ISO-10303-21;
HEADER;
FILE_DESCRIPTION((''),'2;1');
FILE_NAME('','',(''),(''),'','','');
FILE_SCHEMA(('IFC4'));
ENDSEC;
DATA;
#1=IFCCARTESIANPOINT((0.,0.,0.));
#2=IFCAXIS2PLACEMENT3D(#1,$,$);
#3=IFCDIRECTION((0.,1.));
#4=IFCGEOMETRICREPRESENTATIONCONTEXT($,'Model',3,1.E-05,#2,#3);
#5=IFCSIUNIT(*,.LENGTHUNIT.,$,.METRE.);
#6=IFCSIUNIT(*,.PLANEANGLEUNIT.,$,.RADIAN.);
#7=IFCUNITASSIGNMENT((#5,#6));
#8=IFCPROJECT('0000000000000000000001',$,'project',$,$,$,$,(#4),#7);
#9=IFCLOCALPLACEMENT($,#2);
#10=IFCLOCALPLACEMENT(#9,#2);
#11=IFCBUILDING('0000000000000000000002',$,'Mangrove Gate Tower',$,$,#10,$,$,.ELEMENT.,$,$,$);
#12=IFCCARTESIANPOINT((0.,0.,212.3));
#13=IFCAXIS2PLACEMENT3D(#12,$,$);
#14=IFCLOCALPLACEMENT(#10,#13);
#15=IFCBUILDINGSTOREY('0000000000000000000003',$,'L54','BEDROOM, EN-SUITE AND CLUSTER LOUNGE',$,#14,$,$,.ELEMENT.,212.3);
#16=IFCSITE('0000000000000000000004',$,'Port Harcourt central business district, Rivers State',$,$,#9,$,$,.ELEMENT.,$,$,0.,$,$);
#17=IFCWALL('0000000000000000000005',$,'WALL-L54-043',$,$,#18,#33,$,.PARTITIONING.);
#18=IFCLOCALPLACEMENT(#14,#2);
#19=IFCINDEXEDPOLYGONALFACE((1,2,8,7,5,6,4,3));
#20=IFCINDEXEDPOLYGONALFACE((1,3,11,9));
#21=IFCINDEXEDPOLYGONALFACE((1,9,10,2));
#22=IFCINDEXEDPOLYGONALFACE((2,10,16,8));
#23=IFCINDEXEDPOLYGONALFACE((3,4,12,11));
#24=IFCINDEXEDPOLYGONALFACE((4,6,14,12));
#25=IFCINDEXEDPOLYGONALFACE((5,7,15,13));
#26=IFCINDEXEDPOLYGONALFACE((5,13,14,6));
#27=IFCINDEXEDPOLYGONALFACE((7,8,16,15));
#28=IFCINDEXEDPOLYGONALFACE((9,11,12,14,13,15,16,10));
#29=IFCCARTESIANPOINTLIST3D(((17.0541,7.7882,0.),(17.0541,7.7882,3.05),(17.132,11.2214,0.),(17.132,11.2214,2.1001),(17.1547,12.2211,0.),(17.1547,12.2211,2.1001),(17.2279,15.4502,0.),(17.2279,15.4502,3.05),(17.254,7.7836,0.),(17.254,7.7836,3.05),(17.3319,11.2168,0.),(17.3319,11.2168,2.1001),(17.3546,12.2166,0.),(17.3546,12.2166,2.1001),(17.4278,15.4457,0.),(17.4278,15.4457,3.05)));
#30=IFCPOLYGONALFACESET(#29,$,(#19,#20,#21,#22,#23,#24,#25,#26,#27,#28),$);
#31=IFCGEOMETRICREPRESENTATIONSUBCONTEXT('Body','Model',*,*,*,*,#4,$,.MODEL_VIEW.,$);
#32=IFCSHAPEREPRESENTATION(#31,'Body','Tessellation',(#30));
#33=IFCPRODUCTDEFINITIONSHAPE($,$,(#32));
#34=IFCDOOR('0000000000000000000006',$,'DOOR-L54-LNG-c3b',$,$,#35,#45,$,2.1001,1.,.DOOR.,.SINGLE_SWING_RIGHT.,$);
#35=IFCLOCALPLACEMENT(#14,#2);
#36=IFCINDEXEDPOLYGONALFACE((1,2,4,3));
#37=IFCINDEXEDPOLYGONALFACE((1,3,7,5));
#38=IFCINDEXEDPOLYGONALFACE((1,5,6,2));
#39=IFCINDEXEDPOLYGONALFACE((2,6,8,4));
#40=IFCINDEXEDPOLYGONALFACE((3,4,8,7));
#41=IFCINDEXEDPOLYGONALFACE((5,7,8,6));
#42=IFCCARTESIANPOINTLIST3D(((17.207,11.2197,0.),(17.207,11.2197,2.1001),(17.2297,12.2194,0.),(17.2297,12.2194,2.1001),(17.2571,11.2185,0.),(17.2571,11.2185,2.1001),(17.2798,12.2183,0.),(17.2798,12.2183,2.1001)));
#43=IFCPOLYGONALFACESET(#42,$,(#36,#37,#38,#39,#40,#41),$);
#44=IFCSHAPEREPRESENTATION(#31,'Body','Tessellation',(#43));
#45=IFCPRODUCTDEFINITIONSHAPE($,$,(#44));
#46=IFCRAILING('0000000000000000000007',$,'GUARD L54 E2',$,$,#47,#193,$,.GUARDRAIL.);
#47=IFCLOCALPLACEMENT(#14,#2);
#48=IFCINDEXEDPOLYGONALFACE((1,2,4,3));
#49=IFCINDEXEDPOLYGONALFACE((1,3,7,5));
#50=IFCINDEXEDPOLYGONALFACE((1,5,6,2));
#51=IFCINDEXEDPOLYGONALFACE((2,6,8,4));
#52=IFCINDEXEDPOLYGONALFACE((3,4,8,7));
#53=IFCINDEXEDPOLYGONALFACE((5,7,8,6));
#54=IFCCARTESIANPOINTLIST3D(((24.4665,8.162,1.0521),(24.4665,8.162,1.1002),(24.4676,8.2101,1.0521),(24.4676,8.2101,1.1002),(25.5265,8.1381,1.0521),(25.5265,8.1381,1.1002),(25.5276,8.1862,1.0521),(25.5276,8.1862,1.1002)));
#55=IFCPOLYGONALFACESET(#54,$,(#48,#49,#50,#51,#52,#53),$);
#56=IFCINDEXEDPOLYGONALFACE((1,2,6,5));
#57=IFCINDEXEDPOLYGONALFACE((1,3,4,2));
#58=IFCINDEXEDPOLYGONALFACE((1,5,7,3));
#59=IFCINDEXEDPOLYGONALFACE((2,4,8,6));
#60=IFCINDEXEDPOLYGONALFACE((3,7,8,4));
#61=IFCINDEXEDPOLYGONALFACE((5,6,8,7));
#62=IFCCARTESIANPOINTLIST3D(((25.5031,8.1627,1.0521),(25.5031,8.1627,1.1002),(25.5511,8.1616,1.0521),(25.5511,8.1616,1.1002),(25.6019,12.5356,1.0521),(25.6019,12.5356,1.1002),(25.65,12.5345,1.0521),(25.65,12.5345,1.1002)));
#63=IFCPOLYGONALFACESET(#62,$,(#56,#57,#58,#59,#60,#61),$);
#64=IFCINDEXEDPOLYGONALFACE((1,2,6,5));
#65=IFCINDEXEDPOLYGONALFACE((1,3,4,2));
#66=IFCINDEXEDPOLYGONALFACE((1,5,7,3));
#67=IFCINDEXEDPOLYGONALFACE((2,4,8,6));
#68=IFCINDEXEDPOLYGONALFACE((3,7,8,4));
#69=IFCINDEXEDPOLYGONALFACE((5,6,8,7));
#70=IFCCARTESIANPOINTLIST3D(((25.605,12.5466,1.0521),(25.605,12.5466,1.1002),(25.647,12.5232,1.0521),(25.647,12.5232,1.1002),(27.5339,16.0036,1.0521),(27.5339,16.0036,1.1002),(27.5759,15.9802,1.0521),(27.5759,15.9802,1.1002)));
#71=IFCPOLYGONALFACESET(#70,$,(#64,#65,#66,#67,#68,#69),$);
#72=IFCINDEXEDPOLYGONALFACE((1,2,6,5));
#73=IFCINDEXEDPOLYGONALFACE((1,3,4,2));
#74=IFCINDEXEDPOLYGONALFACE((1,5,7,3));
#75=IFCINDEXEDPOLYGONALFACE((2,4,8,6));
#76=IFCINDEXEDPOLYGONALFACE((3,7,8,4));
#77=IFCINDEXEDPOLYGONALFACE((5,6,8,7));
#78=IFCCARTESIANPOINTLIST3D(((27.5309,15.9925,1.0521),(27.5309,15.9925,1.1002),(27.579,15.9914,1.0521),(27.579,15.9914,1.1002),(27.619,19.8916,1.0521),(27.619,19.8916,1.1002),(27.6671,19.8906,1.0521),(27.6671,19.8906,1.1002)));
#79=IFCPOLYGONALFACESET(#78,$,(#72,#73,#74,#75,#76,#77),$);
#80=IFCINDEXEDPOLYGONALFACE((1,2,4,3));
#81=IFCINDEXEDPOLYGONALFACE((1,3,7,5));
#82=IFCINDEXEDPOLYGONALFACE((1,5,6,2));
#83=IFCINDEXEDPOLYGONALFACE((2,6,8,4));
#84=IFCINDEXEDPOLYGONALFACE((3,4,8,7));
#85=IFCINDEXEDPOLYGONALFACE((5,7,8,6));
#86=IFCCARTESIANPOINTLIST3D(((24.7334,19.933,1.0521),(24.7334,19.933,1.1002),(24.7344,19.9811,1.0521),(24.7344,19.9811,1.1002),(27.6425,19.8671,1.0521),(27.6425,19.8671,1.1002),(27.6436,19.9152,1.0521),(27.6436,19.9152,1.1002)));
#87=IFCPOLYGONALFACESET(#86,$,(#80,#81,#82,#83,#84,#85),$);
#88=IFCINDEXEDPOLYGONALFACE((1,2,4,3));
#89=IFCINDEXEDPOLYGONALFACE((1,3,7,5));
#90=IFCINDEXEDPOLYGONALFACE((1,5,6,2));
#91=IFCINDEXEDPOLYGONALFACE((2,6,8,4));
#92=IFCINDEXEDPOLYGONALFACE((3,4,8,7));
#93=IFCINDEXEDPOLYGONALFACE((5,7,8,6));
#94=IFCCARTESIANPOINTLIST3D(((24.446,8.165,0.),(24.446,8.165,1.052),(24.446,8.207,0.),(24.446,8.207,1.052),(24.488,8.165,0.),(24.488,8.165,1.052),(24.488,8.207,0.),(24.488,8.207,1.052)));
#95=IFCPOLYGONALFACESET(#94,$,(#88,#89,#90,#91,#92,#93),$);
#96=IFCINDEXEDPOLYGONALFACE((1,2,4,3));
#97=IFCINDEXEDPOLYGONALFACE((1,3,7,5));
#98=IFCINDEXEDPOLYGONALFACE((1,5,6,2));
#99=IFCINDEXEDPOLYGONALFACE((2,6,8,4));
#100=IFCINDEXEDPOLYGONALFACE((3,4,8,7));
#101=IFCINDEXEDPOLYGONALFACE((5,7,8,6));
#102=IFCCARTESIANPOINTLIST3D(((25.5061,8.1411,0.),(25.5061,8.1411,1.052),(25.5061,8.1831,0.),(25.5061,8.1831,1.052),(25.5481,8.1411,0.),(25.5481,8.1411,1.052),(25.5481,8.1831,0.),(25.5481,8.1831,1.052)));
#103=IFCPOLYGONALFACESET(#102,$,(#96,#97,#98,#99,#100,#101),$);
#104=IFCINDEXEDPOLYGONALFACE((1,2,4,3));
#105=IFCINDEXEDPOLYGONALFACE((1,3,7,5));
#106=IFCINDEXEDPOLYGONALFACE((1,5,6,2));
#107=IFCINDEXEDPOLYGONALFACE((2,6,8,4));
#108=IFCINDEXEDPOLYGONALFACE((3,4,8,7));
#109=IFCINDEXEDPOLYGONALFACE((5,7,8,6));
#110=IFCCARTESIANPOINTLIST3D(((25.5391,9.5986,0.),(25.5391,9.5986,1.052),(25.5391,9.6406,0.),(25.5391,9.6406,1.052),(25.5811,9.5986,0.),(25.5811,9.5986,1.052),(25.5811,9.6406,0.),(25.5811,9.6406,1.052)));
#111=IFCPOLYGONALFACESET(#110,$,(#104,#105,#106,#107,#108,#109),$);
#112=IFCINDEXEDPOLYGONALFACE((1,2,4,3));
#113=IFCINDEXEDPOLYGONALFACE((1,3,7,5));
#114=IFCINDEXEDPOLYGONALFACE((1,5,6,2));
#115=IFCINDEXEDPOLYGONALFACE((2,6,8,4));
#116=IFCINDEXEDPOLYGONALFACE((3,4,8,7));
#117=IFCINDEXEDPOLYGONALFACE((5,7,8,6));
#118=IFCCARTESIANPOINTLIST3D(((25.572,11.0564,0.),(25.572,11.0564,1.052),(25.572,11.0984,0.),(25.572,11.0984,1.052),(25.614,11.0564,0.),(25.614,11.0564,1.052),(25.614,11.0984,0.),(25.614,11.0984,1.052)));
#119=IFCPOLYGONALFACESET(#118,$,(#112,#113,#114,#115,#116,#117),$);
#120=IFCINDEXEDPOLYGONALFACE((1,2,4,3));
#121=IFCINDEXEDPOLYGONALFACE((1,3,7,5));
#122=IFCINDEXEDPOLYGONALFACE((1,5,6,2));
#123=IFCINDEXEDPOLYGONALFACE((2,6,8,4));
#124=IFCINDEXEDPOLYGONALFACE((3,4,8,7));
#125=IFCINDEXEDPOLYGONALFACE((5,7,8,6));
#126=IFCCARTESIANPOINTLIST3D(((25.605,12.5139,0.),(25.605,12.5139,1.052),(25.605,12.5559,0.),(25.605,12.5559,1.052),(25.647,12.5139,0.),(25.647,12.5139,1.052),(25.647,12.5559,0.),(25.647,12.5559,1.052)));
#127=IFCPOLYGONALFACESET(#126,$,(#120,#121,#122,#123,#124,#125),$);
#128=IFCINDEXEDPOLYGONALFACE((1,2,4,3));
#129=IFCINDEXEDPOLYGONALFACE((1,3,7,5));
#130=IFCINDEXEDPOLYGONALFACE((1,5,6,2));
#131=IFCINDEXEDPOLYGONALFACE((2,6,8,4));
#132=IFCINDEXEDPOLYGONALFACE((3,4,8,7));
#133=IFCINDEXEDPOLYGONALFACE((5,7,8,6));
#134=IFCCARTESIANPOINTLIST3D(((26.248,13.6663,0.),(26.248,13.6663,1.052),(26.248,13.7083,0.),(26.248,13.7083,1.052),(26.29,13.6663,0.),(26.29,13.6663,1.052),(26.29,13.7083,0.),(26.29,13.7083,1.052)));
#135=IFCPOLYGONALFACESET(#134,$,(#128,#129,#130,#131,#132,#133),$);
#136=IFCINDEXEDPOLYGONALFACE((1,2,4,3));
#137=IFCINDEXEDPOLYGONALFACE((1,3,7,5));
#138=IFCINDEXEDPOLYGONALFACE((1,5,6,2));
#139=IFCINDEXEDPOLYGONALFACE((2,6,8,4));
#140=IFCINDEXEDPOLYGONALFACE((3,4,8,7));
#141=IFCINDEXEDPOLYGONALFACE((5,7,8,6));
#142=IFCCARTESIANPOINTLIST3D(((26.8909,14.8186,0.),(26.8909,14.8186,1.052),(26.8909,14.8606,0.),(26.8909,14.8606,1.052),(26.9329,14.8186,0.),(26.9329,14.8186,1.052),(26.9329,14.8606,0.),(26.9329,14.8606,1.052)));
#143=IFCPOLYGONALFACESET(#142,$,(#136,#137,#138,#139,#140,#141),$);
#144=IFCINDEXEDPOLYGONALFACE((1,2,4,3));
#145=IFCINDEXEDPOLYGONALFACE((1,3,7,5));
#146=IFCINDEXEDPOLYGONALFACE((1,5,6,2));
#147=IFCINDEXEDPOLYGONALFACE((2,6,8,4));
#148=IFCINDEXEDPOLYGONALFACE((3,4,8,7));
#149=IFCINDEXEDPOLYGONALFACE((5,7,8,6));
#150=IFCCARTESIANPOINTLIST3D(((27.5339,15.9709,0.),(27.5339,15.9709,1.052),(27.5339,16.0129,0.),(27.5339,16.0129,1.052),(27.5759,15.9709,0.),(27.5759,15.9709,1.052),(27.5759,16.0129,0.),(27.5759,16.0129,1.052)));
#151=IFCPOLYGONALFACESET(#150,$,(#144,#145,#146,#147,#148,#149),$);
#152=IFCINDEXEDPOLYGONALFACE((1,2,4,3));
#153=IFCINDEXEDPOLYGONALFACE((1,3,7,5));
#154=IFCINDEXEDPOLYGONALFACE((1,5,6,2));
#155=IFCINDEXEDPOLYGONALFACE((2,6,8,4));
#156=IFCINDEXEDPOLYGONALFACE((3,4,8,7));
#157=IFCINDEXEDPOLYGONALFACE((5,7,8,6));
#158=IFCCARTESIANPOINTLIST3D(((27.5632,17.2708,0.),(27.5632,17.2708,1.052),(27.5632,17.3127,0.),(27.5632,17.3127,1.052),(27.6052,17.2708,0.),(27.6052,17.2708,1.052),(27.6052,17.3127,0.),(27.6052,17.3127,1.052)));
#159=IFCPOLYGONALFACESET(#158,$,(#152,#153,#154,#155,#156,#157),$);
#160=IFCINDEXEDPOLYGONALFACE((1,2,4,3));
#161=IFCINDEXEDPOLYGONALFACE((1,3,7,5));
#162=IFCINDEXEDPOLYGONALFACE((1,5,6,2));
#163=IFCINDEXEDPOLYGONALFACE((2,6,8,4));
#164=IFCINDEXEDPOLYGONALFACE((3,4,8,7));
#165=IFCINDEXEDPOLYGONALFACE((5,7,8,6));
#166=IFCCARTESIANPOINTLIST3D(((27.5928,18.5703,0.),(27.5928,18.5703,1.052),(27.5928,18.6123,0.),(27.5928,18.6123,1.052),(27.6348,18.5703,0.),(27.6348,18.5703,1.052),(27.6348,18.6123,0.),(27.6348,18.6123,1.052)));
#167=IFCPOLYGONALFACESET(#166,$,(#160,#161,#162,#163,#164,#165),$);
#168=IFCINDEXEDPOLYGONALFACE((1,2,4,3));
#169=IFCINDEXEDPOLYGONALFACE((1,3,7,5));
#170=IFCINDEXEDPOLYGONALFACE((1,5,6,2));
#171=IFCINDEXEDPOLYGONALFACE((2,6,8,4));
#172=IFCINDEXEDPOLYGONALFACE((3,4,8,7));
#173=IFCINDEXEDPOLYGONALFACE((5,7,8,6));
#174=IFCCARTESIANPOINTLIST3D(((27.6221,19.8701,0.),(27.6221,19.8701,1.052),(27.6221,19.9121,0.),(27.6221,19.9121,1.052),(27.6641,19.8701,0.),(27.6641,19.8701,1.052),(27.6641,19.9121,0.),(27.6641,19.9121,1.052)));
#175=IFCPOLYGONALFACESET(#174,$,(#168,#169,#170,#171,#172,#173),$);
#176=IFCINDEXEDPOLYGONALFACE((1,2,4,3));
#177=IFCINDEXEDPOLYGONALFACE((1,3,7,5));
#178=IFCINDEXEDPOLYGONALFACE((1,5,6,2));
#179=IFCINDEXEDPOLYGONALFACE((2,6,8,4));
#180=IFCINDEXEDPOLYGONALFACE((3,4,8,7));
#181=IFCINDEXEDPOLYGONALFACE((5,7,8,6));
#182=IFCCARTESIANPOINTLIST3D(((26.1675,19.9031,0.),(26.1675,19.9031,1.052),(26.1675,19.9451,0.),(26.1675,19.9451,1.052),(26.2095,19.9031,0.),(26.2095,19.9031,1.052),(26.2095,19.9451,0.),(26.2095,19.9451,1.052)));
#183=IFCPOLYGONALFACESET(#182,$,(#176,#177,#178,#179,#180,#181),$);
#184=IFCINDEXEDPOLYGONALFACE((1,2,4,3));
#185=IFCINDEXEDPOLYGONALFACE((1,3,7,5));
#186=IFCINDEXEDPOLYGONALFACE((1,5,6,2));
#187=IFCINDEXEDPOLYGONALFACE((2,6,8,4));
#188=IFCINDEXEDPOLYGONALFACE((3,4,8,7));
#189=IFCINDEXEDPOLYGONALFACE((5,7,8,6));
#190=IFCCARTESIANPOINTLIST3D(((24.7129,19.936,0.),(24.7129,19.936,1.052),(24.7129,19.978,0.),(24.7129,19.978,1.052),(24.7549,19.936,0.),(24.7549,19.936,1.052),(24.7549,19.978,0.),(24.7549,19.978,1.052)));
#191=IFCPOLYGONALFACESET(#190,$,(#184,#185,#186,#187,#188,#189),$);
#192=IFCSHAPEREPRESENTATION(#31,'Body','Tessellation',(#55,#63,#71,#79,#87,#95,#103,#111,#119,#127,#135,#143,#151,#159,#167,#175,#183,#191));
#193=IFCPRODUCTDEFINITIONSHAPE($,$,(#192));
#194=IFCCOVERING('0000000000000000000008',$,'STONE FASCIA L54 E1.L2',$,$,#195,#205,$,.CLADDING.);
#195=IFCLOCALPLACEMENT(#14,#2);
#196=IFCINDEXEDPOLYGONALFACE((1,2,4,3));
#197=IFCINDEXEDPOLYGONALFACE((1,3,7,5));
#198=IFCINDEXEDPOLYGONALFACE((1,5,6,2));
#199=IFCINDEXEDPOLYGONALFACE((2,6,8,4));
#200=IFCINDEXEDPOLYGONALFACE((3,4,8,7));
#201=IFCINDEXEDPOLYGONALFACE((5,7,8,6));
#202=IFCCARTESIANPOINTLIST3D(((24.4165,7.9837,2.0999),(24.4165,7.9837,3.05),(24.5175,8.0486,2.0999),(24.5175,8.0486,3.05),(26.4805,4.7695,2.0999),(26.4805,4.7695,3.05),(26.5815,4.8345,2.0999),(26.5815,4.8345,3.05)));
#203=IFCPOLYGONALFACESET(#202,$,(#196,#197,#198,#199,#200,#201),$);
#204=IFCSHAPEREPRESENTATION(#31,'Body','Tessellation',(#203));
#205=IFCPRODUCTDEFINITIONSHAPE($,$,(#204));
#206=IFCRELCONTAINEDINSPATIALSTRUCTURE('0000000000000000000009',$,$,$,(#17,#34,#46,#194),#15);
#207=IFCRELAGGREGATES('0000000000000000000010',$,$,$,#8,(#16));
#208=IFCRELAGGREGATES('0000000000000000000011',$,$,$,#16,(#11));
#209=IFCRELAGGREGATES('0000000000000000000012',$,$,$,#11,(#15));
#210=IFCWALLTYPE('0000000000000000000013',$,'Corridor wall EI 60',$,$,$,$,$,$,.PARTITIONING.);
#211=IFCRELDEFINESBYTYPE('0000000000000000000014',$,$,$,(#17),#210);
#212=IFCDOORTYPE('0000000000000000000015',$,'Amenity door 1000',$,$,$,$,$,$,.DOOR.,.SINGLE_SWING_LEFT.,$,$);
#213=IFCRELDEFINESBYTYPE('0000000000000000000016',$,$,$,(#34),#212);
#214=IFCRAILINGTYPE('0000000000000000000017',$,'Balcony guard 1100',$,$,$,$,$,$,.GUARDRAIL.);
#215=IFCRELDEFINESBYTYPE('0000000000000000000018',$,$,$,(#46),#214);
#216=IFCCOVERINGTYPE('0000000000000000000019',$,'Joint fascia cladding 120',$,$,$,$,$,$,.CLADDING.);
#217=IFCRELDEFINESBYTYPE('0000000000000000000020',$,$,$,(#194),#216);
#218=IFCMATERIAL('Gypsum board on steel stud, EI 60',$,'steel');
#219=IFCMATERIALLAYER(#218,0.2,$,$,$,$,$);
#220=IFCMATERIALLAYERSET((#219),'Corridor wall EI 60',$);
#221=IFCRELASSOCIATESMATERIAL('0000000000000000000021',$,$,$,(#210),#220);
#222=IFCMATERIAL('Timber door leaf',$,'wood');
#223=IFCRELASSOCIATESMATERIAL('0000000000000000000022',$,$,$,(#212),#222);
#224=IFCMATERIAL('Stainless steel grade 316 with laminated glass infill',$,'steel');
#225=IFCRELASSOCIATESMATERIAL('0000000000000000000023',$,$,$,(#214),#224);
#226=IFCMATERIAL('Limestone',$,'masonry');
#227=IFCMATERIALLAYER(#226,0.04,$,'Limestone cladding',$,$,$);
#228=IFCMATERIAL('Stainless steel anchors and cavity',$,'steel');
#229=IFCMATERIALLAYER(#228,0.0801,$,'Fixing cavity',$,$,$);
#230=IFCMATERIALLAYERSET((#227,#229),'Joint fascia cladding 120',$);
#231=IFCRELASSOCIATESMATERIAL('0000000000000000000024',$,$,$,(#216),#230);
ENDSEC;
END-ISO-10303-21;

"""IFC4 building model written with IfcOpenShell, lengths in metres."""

from ifc_helpers import new_model, si_unit, direction, frame, frame_2d, origin, origin_2d, place, context, subcontext, project, spatial, rectangle, extrude, material, layer, layer_set, type_object, element, fill, save


model = new_model("IFC4")

# Units and contexts
model_context = context("Model", 3, precision=1e-05, world=origin(), true_north=direction((0.0, 1.0)))
body_context = subcontext(model_context, "Body", "Model", "MODEL_VIEW")
ifc_project = project(units=[si_unit("LENGTHUNIT", "METRE"), si_unit("PLANEANGLEUNIT", "RADIAN")], contexts=[model_context])

# Site, building, storey
site_placement = place(None, origin())
site = spatial("IfcSite", under=ifc_project, at=site_placement, Name="Port Harcourt central business district, Rivers State", CompositionType="ELEMENT", RefElevation=0.0)
building_placement = place(site_placement, origin())
building = spatial("IfcBuilding", under=site, at=building_placement, Name="Mangrove Gate Tower", CompositionType="ELEMENT")
storey_placement = place(building_placement, frame((0.0, 0.0, 212.3)))
storey = spatial("IfcBuildingStorey", under=building, at=storey_placement, Name="L54", Description="BEDROOM, EN-SUITE AND CLUSTER LOUNGE", CompositionType="ELEMENT", Elevation=212.3)

# Wall, opening, door
ifc_material_1 = material(Name="Gypsum board on steel stud, EI 60", Category="steel")
ifc_layer_1 = layer(ifc_material_1, 0.2)
ifc_layer_set_1 = layer_set([ifc_layer_1], Name="Corridor wall EI 60")
wall_type_1 = type_object("IfcWallType", Name="Corridor wall EI 60", PredefinedType="PARTITIONING", material=ifc_layer_set_1)
wall_1_placement = place(storey_placement, frame((17.1541, 7.7859, 0.0), z_axis=(0.0, 0.0, 1.0), x_axis=(0.022681, 0.999743, 0.0)))
wall_1 = element("IfcWall", 1, at=wall_1_placement, inside=storey, type_object=wall_type_1, Name="WALL-L54-043", PredefinedType="PARTITIONING", context=body_context, shape_type="SweptSolid", body=[
    extrude(rectangle(XDim=7.6641, YDim=0.2, at=frame_2d((3.832, 0.0))), origin(), (0.0, 0.0, 1.0), 3.05),
])
opening_1_placement = place(wall_1_placement, frame((3.4341, 0.0, 0.0)))
opening_1 = element("IfcOpeningElement", 2, at=opening_1_placement, cuts=wall_1, PredefinedType="OPENING", context=body_context, shape_type="SweptSolid", body=[
    extrude(rectangle(XDim=1.0, YDim=2.1001, at=frame_2d((0.5, 1.05))), frame((0.0, 0.1099, 0.0), z_axis=(0.0, -1.0, 0.0), x_axis=(1.0, 0.0, 0.0)), (0.0, 0.0, 1.0), 0.22),
])
ifc_material_2 = material(Name="Timber door leaf", Category="wood")
door_type_1 = type_object("IfcDoorType", Name="Amenity door 1000", OperationType="SINGLE_SWING_LEFT", PredefinedType="DOOR", material=ifc_material_2)
door_1_placement = place(opening_1_placement, origin())
door_1 = element("IfcDoor", 3, at=door_1_placement, inside=storey, type_object=door_type_1, Name="DOOR-L54-LNG-c3b", OperationType="SINGLE_SWING_RIGHT", OverallHeight=2.1001, OverallWidth=1.0, PredefinedType="DOOR", context=body_context, shape_type="SweptSolid", body=[
    extrude(rectangle(XDim=1.0, YDim=2.1001, at=frame_2d((0.5, 1.05))), frame((0.0, 0.0249, 0.0), z_axis=(0.0, -1.0, 0.0), x_axis=(1.0, 0.0, 0.0)), (0.0, 0.0, 1.0), 0.05),
])
fill(opening_1, door_1)

# Shared definitions
ifc_material_3 = material(Name="Limestone", Category="masonry")

# Railing
ifc_material_4 = material(Name="Stainless steel grade 316 with laminated glass infill", Category="steel")
railing_type = type_object("IfcRailingType", Name="Balcony guard 1100", PredefinedType="GUARDRAIL", material=ifc_material_4)
railing_placement = place(storey_placement, frame((24.467, 8.186, 0.0)))
element("IfcRailing", 4, at=railing_placement, inside=storey, type_object=railing_type, Name="GUARD L54 E2", PredefinedType="GUARDRAIL", context=body_context, shape_type="SweptSolid", body=[
    extrude(rectangle(XDim=0.0481, YDim=0.0481, at=origin_2d()), frame((0.0, 0.0, 1.0762), z_axis=(0.999745, -0.022564, 0.0), x_axis=(0.022564, 0.999745, 0.0)), (0.0, 0.0, 1.0), 1.0603),
    extrude(rectangle(XDim=0.0481, YDim=0.0481, at=origin_2d()), frame((1.0601, -0.0239, 1.0762), z_axis=(0.022606, 0.999744, 0.0), x_axis=(-0.999744, 0.022606, 0.0)), (0.0, 0.0, 1.0), 4.374),
    extrude(rectangle(XDim=0.0481, YDim=0.0481, at=origin_2d()), frame((1.1589, 4.3489, 1.0762), z_axis=(0.48726, 0.873257, 0.0), x_axis=(-0.873257, 0.48726, 0.0)), (0.0, 0.0, 1.0), 3.9587),
    extrude(rectangle(XDim=0.0481, YDim=0.0481, at=origin_2d()), frame((3.0879, 7.8059, 1.0762), z_axis=(0.022598, 0.999745, 0.0), x_axis=(-0.999745, 0.022598, 0.0)), (0.0, 0.0, 1.0), 3.9001),
    extrude(rectangle(XDim=0.0481, YDim=0.0481, at=origin_2d()), frame((3.176, 11.7051, 1.0762), z_axis=(-0.999743, 0.022653, 0.0), x_axis=(-0.022653, -0.999743, 0.0)), (0.0, 0.0, 1.0), 2.9099),
    extrude(rectangle(XDim=0.042, YDim=0.042, at=origin_2d()), origin(), (0.0, 0.0, 1.0), 1.052),
    extrude(rectangle(XDim=0.042, YDim=0.042, at=origin_2d()), frame((1.0601, -0.0239, 0.0)), (0.0, 0.0, 1.0), 1.052),
    extrude(rectangle(XDim=0.042, YDim=0.042, at=origin_2d()), frame((1.093, 1.4336, 0.0)), (0.0, 0.0, 1.0), 1.052),
    extrude(rectangle(XDim=0.042, YDim=0.042, at=origin_2d()), frame((1.126, 2.8914, 0.0)), (0.0, 0.0, 1.0), 1.052),
    extrude(rectangle(XDim=0.042, YDim=0.042, at=origin_2d()), frame((1.1589, 4.3489, 0.0)), (0.0, 0.0, 1.0), 1.052),
    extrude(rectangle(XDim=0.042, YDim=0.042, at=origin_2d()), frame((1.802, 5.5012, 0.0)), (0.0, 0.0, 1.0), 1.052),
    extrude(rectangle(XDim=0.042, YDim=0.042, at=origin_2d()), frame((2.4448, 6.6536, 0.0)), (0.0, 0.0, 1.0), 1.052),
    extrude(rectangle(XDim=0.042, YDim=0.042, at=origin_2d()), frame((3.0879, 7.8059, 0.0)), (0.0, 0.0, 1.0), 1.052),
    extrude(rectangle(XDim=0.042, YDim=0.042, at=origin_2d()), frame((3.1172, 9.1057, 0.0)), (0.0, 0.0, 1.0), 1.052),
    extrude(rectangle(XDim=0.042, YDim=0.042, at=origin_2d()), frame((3.1467, 10.4053, 0.0)), (0.0, 0.0, 1.0), 1.052),
    extrude(rectangle(XDim=0.042, YDim=0.042, at=origin_2d()), frame((3.176, 11.7051, 0.0)), (0.0, 0.0, 1.0), 1.052),
    extrude(rectangle(XDim=0.042, YDim=0.042, at=origin_2d()), frame((1.7214, 11.738, 0.0)), (0.0, 0.0, 1.0), 1.052),
    extrude(rectangle(XDim=0.042, YDim=0.042, at=origin_2d()), frame((0.2668, 11.771, 0.0)), (0.0, 0.0, 1.0), 1.052),
])

# Covering
ifc_layer_2 = layer(ifc_material_3, 0.04, Name="Limestone cladding")
ifc_material_5 = material(Name="Stainless steel anchors and cavity", Category="steel")
ifc_layer_3 = layer(ifc_material_5, 0.0801, Name="Fixing cavity")
ifc_layer_set_2 = layer_set([ifc_layer_2, ifc_layer_3], Name="Joint fascia cladding 120")
covering_type = type_object("IfcCoveringType", Name="Joint fascia cladding 120", PredefinedType="CLADDING", material=ifc_layer_set_2)
covering_placement = place(storey_placement, frame((26.531, 4.802, 2.0999), z_axis=(0.0, 0.0, 1.0), x_axis=(-0.540341, 0.841446, 0.0)))
element("IfcCovering", 5, at=covering_placement, inside=storey, type_object=covering_type, Name="STONE FASCIA L54 E1.L2", PredefinedType="CLADDING", context=body_context, shape_type="SweptSolid", body=[
    extrude(rectangle(XDim=3.8198, YDim=0.1201, at=frame_2d((1.9099, 0.0))), origin(), (0.0, 0.0, 1.0), 0.9502),
])

save(model, "model.ifc")
